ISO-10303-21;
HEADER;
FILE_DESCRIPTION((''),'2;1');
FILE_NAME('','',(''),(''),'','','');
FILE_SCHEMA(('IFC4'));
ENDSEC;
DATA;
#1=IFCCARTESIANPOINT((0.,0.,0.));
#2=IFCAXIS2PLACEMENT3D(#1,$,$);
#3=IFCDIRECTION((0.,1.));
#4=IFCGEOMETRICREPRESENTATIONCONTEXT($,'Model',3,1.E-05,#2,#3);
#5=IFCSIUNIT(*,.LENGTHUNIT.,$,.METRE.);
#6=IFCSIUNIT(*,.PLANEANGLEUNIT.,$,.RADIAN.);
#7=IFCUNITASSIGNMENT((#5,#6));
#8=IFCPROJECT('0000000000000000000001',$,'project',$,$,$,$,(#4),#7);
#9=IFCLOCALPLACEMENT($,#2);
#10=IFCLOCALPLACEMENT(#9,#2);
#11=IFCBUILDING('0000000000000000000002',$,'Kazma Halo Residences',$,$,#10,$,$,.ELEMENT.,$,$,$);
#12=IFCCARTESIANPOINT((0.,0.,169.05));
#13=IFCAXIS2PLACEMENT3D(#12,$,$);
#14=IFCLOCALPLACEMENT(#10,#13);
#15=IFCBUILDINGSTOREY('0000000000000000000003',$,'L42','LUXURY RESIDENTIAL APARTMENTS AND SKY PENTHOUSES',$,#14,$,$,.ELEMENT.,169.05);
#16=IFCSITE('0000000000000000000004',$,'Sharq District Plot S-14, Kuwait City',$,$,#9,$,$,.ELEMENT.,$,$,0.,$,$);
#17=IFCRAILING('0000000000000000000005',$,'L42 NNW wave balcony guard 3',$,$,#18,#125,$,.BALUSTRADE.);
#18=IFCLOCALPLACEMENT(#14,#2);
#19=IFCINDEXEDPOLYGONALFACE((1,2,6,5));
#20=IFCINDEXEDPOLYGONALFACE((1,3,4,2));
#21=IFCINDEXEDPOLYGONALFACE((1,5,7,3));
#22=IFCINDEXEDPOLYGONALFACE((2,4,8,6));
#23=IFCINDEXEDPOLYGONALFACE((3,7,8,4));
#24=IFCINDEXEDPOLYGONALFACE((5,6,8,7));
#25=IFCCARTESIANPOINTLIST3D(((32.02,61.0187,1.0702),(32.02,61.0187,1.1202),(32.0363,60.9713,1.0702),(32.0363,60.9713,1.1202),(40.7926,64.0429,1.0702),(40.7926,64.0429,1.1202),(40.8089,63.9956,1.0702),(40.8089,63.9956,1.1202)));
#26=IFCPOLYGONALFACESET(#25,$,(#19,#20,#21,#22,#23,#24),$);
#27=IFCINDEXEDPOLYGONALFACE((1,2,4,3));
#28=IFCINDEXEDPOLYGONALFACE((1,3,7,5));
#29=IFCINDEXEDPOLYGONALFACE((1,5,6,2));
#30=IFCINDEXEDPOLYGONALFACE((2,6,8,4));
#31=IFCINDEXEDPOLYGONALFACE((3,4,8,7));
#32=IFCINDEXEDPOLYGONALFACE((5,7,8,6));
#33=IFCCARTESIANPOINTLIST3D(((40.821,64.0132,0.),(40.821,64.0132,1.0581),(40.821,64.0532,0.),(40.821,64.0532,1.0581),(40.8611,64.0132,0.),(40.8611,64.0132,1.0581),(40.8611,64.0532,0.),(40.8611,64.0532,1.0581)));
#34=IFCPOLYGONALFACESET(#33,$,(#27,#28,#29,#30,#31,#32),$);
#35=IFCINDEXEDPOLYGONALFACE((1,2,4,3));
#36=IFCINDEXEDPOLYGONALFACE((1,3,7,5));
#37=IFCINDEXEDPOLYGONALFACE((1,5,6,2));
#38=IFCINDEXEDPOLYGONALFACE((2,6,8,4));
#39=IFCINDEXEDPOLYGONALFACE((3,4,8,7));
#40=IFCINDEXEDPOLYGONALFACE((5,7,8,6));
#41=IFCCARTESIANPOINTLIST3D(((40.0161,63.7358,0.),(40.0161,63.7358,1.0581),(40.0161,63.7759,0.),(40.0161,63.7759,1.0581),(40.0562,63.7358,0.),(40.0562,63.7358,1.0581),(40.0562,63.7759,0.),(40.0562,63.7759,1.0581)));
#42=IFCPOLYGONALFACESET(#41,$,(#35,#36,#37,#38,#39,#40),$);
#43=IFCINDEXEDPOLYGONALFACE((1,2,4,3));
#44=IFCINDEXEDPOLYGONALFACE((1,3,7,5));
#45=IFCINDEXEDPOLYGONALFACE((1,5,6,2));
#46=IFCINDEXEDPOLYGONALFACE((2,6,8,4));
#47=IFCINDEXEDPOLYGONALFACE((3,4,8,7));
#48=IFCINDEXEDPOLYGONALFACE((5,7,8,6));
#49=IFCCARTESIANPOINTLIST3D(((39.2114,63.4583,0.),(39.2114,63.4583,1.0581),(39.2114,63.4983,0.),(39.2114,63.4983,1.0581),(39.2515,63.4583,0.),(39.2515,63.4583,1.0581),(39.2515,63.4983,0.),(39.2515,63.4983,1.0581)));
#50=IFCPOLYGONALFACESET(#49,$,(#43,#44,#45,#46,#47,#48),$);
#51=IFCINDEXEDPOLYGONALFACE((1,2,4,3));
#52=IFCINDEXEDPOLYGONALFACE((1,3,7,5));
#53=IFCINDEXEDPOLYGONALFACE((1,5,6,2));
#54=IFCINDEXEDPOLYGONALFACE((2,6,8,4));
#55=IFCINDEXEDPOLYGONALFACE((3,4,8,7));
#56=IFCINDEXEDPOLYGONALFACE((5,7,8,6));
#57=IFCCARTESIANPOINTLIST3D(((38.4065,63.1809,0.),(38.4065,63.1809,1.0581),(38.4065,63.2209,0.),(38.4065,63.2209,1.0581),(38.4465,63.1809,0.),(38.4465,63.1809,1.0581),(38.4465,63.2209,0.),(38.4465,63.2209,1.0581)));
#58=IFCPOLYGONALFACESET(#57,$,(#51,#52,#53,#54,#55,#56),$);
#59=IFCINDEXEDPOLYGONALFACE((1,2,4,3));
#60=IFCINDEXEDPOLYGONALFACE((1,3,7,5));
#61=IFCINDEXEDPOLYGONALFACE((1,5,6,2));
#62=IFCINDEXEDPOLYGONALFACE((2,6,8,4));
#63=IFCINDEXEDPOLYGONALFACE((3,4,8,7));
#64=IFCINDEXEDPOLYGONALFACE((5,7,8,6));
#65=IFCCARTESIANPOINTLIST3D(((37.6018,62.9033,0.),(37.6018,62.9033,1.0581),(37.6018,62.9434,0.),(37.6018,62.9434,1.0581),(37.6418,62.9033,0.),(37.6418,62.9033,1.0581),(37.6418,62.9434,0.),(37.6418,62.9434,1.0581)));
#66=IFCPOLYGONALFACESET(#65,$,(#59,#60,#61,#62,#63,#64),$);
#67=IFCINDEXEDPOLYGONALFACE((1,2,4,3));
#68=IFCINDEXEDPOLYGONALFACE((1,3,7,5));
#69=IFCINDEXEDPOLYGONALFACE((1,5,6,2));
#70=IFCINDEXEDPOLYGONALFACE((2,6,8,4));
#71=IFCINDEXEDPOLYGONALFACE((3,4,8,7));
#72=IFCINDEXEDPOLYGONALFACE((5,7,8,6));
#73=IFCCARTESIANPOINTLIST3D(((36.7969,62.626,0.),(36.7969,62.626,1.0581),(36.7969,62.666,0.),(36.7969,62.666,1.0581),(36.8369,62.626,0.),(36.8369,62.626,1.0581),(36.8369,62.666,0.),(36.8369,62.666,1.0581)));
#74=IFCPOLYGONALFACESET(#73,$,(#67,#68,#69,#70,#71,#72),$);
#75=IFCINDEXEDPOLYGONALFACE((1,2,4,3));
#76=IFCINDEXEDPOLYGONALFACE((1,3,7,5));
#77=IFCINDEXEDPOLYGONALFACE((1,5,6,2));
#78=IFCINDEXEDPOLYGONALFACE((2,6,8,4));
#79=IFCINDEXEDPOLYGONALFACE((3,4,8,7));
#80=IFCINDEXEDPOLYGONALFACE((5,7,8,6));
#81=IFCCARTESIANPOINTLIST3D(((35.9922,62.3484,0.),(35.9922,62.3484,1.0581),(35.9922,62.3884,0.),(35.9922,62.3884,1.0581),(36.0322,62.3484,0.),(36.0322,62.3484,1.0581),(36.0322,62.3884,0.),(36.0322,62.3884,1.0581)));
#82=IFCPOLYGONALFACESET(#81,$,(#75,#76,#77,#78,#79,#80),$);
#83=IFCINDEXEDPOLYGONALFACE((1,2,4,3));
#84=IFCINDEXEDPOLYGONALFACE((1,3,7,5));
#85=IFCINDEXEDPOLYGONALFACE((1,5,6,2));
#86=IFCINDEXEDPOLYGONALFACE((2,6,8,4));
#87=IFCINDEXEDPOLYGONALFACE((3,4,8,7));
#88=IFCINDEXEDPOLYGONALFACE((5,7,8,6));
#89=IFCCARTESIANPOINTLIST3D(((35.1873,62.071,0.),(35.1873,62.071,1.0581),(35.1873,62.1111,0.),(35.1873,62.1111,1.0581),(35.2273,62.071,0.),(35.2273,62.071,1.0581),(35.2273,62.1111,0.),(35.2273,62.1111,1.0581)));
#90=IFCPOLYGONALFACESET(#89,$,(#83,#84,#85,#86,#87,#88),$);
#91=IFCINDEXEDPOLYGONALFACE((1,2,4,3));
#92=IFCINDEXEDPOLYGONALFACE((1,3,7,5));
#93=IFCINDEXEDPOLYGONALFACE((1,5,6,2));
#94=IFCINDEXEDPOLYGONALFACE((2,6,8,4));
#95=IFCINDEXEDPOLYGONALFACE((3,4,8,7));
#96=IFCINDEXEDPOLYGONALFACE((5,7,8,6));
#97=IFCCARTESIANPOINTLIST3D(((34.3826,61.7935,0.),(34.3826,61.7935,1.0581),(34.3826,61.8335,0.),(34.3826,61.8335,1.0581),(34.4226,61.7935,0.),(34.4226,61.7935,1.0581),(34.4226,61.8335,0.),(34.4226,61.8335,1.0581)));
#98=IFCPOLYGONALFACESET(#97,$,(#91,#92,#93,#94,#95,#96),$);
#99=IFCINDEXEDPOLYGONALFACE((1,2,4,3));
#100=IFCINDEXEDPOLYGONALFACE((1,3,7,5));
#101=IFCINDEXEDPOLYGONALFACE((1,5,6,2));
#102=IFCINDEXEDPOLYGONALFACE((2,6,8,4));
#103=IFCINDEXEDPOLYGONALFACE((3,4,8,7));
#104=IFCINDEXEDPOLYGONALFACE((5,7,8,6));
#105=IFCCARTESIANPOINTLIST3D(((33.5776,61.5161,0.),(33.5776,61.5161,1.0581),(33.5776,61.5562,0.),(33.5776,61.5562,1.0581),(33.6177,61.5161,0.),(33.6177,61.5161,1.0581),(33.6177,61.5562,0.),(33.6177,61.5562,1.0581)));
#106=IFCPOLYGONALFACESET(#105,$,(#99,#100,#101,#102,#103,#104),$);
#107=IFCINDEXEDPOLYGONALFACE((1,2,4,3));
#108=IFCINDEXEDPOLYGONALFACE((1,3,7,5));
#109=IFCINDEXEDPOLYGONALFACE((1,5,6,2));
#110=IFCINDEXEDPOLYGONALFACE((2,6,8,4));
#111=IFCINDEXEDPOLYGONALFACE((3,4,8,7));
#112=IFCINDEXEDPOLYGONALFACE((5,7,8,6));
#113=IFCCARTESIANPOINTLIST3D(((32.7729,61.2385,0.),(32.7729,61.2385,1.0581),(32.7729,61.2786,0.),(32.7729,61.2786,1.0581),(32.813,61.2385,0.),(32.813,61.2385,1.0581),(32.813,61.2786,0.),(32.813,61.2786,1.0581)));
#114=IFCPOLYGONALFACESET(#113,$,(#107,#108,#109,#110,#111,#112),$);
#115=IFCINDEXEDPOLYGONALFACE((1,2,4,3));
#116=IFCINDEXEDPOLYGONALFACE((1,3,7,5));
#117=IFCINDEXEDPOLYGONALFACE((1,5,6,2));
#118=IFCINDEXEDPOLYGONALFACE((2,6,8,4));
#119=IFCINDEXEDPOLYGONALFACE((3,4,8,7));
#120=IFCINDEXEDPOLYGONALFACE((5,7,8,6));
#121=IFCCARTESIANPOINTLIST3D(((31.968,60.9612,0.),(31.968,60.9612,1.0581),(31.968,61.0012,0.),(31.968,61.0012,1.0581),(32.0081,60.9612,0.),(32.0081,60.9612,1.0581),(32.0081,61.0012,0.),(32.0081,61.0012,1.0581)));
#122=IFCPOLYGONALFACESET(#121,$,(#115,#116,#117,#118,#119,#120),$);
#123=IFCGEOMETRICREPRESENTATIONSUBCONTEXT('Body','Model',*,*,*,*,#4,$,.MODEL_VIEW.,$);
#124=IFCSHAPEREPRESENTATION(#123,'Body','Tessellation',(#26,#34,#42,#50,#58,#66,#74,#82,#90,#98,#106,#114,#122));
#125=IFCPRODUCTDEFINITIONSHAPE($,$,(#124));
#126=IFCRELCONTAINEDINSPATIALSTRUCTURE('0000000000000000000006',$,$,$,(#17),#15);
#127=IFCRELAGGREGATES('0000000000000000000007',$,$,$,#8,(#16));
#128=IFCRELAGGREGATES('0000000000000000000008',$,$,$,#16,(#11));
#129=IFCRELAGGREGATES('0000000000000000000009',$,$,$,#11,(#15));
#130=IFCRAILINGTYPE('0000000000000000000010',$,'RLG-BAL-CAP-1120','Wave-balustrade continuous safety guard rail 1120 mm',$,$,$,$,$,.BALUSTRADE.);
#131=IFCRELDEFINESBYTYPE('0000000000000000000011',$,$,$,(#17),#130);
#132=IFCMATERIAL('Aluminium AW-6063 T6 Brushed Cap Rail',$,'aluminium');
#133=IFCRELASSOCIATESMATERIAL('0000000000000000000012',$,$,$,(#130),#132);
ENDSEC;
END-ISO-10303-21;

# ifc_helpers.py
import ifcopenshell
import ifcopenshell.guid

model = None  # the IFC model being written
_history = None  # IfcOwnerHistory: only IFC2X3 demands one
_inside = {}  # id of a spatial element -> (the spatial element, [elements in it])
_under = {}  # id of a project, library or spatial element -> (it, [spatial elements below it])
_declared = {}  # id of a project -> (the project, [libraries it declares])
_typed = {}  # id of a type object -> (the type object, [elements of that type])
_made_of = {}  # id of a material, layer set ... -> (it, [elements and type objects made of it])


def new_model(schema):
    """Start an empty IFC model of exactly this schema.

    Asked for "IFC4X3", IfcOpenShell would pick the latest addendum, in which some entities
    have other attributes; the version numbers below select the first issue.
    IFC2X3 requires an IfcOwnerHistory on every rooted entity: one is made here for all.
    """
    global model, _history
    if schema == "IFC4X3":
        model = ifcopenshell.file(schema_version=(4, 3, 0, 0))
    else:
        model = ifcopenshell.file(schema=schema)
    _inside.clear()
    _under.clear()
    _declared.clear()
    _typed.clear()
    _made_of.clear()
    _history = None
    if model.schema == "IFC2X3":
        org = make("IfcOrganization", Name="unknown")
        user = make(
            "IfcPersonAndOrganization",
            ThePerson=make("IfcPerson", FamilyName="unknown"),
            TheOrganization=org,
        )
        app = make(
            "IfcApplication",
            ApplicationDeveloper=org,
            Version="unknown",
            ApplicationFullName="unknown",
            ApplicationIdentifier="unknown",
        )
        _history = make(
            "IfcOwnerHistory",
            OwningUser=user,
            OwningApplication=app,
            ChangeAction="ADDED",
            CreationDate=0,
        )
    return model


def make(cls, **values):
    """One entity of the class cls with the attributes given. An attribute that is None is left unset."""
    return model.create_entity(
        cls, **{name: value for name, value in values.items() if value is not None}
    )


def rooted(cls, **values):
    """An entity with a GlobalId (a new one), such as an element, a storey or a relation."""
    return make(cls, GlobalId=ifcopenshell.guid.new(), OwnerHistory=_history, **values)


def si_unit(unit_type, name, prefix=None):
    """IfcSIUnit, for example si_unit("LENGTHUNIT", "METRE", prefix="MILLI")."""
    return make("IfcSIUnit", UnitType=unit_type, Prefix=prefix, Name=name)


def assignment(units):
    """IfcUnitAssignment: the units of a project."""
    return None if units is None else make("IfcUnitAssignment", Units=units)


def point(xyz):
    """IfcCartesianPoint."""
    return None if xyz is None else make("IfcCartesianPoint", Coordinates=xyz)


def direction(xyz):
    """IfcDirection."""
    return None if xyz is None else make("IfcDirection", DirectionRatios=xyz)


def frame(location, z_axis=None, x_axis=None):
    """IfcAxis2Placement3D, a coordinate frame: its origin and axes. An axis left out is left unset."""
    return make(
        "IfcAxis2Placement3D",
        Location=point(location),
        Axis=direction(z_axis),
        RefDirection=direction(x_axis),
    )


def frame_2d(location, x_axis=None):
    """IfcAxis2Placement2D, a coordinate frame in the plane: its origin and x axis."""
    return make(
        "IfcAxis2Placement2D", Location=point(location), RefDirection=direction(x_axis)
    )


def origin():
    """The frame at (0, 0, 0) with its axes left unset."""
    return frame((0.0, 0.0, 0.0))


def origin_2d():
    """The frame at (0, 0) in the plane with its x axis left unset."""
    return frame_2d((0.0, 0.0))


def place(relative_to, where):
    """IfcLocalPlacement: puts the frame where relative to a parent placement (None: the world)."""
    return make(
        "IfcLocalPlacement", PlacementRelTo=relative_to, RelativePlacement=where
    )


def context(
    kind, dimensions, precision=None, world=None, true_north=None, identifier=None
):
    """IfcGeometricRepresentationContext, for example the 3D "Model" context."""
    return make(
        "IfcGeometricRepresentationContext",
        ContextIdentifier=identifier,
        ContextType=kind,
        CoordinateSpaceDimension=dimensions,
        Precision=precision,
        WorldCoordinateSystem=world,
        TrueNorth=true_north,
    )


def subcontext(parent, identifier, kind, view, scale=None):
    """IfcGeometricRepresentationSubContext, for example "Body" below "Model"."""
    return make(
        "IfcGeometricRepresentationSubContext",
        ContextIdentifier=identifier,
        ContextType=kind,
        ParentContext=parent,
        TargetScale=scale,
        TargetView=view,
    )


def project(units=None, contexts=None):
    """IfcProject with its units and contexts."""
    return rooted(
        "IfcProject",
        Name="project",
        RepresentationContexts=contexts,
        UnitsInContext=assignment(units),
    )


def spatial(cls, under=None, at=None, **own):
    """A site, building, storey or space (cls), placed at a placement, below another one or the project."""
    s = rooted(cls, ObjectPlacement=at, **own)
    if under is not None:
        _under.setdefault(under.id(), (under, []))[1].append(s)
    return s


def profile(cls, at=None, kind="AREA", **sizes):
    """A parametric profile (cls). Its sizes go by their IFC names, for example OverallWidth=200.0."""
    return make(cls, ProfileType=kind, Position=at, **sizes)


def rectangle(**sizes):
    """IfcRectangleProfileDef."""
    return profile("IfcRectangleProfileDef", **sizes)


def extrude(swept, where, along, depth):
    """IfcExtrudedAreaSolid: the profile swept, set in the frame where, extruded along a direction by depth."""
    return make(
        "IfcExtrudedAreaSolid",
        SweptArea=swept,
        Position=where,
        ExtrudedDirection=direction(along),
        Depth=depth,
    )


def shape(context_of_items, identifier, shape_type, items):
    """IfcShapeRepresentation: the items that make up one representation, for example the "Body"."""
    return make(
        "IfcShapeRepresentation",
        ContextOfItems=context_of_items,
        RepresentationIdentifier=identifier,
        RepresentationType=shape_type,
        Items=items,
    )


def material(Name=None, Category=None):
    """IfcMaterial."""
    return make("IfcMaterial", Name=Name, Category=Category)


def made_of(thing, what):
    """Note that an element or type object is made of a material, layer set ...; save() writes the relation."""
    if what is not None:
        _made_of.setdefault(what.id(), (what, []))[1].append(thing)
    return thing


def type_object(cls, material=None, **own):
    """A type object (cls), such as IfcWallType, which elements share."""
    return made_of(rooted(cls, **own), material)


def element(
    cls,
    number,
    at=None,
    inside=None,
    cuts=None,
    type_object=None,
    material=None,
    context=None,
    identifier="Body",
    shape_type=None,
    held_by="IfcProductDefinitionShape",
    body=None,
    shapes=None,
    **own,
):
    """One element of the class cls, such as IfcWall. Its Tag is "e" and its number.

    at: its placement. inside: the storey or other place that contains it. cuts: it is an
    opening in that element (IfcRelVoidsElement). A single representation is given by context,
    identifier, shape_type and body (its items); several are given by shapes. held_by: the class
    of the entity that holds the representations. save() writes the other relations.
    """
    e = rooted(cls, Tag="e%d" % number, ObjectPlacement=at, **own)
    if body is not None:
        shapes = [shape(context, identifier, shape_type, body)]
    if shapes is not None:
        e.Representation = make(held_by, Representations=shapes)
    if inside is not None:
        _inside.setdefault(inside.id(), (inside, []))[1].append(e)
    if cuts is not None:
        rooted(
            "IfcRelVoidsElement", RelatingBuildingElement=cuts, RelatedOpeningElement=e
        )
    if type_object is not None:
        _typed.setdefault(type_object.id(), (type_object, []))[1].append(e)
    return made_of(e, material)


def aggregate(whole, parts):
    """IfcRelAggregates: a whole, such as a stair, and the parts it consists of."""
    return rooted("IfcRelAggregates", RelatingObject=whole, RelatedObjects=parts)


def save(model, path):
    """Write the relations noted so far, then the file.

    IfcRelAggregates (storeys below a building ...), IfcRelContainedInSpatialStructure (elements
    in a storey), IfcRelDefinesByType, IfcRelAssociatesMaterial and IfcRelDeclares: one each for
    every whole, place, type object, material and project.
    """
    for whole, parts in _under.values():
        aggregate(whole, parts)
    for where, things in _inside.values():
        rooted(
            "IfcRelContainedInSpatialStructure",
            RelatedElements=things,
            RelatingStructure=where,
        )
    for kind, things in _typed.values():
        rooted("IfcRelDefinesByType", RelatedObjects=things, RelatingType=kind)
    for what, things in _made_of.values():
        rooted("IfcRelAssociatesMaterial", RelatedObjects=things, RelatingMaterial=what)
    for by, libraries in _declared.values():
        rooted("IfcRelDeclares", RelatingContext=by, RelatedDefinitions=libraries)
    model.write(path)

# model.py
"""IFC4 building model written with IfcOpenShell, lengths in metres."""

from ifc_helpers import new_model, si_unit, direction, frame, origin, origin_2d, place, context, subcontext, project, spatial, rectangle, extrude, material, type_object, element, save


model = new_model("IFC4")

# Units and contexts
model_context = context("Model", 3, precision=1e-05, world=origin(), true_north=direction((0.0, 1.0)))
body_context = subcontext(model_context, "Body", "Model", "MODEL_VIEW")
ifc_project = project(units=[si_unit("LENGTHUNIT", "METRE"), si_unit("PLANEANGLEUNIT", "RADIAN")], contexts=[model_context])

# Site, building, storey
site_placement = place(None, origin())
site = spatial("IfcSite", under=ifc_project, at=site_placement, Name="Sharq District Plot S-14, Kuwait City", CompositionType="ELEMENT", RefElevation=0.0)
building_placement = place(site_placement, origin())
building = spatial("IfcBuilding", under=site, at=building_placement, Name="Kazma Halo Residences", CompositionType="ELEMENT")
storey_placement = place(building_placement, frame((0.0, 0.0, 169.05)))
storey = spatial("IfcBuildingStorey", under=building, at=storey_placement, Name="L42", Description="LUXURY RESIDENTIAL APARTMENTS AND SKY PENTHOUSES", CompositionType="ELEMENT", Elevation=169.05)

# Railing
ifc_material_1 = material(Name="Aluminium AW-6063 T6 Brushed Cap Rail", Category="aluminium")
railing_type = type_object("IfcRailingType", Name="RLG-BAL-CAP-1120", Description="Wave-balustrade continuous safety guard rail 1120 mm", PredefinedType="BALUSTRADE", material=ifc_material_1)
railing_placement = place(storey_placement, frame((40.8411, 64.0332, 0.0)))
element("IfcRailing", 1, at=railing_placement, inside=storey, type_object=railing_type, Name="L42 NNW wave balcony guard 3", PredefinedType="BALUSTRADE", context=body_context, shape_type="SweptSolid", body=[
    extrude(rectangle(XDim=0.05, YDim=0.05, at=origin_2d()), frame((-0.0403, -0.0139, 1.0952), z_axis=(-0.945398, -0.325918, 0.0), x_axis=(0.325918, -0.945398, 0.0)), (0.0, 0.0, 1.0), 9.2793),
    extrude(rectangle(XDim=0.04, YDim=0.04, at=origin_2d()), origin(), (0.0, 0.0, 1.0), 1.0581),
    extrude(rectangle(XDim=0.04, YDim=0.04, at=origin_2d()), frame((-0.8049, -0.2773, 0.0)), (0.0, 0.0, 1.0), 1.0581),
    extrude(rectangle(XDim=0.04, YDim=0.04, at=origin_2d()), frame((-1.6096, -0.5549, 0.0)), (0.0, 0.0, 1.0), 1.0581),
    extrude(rectangle(XDim=0.04, YDim=0.04, at=origin_2d()), frame((-2.4146, -0.8323, 0.0)), (0.0, 0.0, 1.0), 1.0581),
    extrude(rectangle(XDim=0.04, YDim=0.04, at=origin_2d()), frame((-3.2192, -1.1099, 0.0)), (0.0, 0.0, 1.0), 1.0581),
    extrude(rectangle(XDim=0.04, YDim=0.04, at=origin_2d()), frame((-4.0242, -1.3872, 0.0)), (0.0, 0.0, 1.0), 1.0581),
    extrude(rectangle(XDim=0.04, YDim=0.04, at=origin_2d()), frame((-4.8289, -1.6648, 0.0)), (0.0, 0.0, 1.0), 1.0581),
    extrude(rectangle(XDim=0.04, YDim=0.04, at=origin_2d()), frame((-5.6338, -1.9421, 0.0)), (0.0, 0.0, 1.0), 1.0581),
    extrude(rectangle(XDim=0.04, YDim=0.04, at=origin_2d()), frame((-6.4385, -2.2197, 0.0)), (0.0, 0.0, 1.0), 1.0581),
    extrude(rectangle(XDim=0.04, YDim=0.04, at=origin_2d()), frame((-7.2434, -2.4971, 0.0)), (0.0, 0.0, 1.0), 1.0581),
    extrude(rectangle(XDim=0.04, YDim=0.04, at=origin_2d()), frame((-8.0481, -2.7747, 0.0)), (0.0, 0.0, 1.0), 1.0581),
    extrude(rectangle(XDim=0.04, YDim=0.04, at=origin_2d()), frame((-8.853, -3.052, 0.0)), (0.0, 0.0, 1.0), 1.0581),
])

save(model, "model.ifc")
